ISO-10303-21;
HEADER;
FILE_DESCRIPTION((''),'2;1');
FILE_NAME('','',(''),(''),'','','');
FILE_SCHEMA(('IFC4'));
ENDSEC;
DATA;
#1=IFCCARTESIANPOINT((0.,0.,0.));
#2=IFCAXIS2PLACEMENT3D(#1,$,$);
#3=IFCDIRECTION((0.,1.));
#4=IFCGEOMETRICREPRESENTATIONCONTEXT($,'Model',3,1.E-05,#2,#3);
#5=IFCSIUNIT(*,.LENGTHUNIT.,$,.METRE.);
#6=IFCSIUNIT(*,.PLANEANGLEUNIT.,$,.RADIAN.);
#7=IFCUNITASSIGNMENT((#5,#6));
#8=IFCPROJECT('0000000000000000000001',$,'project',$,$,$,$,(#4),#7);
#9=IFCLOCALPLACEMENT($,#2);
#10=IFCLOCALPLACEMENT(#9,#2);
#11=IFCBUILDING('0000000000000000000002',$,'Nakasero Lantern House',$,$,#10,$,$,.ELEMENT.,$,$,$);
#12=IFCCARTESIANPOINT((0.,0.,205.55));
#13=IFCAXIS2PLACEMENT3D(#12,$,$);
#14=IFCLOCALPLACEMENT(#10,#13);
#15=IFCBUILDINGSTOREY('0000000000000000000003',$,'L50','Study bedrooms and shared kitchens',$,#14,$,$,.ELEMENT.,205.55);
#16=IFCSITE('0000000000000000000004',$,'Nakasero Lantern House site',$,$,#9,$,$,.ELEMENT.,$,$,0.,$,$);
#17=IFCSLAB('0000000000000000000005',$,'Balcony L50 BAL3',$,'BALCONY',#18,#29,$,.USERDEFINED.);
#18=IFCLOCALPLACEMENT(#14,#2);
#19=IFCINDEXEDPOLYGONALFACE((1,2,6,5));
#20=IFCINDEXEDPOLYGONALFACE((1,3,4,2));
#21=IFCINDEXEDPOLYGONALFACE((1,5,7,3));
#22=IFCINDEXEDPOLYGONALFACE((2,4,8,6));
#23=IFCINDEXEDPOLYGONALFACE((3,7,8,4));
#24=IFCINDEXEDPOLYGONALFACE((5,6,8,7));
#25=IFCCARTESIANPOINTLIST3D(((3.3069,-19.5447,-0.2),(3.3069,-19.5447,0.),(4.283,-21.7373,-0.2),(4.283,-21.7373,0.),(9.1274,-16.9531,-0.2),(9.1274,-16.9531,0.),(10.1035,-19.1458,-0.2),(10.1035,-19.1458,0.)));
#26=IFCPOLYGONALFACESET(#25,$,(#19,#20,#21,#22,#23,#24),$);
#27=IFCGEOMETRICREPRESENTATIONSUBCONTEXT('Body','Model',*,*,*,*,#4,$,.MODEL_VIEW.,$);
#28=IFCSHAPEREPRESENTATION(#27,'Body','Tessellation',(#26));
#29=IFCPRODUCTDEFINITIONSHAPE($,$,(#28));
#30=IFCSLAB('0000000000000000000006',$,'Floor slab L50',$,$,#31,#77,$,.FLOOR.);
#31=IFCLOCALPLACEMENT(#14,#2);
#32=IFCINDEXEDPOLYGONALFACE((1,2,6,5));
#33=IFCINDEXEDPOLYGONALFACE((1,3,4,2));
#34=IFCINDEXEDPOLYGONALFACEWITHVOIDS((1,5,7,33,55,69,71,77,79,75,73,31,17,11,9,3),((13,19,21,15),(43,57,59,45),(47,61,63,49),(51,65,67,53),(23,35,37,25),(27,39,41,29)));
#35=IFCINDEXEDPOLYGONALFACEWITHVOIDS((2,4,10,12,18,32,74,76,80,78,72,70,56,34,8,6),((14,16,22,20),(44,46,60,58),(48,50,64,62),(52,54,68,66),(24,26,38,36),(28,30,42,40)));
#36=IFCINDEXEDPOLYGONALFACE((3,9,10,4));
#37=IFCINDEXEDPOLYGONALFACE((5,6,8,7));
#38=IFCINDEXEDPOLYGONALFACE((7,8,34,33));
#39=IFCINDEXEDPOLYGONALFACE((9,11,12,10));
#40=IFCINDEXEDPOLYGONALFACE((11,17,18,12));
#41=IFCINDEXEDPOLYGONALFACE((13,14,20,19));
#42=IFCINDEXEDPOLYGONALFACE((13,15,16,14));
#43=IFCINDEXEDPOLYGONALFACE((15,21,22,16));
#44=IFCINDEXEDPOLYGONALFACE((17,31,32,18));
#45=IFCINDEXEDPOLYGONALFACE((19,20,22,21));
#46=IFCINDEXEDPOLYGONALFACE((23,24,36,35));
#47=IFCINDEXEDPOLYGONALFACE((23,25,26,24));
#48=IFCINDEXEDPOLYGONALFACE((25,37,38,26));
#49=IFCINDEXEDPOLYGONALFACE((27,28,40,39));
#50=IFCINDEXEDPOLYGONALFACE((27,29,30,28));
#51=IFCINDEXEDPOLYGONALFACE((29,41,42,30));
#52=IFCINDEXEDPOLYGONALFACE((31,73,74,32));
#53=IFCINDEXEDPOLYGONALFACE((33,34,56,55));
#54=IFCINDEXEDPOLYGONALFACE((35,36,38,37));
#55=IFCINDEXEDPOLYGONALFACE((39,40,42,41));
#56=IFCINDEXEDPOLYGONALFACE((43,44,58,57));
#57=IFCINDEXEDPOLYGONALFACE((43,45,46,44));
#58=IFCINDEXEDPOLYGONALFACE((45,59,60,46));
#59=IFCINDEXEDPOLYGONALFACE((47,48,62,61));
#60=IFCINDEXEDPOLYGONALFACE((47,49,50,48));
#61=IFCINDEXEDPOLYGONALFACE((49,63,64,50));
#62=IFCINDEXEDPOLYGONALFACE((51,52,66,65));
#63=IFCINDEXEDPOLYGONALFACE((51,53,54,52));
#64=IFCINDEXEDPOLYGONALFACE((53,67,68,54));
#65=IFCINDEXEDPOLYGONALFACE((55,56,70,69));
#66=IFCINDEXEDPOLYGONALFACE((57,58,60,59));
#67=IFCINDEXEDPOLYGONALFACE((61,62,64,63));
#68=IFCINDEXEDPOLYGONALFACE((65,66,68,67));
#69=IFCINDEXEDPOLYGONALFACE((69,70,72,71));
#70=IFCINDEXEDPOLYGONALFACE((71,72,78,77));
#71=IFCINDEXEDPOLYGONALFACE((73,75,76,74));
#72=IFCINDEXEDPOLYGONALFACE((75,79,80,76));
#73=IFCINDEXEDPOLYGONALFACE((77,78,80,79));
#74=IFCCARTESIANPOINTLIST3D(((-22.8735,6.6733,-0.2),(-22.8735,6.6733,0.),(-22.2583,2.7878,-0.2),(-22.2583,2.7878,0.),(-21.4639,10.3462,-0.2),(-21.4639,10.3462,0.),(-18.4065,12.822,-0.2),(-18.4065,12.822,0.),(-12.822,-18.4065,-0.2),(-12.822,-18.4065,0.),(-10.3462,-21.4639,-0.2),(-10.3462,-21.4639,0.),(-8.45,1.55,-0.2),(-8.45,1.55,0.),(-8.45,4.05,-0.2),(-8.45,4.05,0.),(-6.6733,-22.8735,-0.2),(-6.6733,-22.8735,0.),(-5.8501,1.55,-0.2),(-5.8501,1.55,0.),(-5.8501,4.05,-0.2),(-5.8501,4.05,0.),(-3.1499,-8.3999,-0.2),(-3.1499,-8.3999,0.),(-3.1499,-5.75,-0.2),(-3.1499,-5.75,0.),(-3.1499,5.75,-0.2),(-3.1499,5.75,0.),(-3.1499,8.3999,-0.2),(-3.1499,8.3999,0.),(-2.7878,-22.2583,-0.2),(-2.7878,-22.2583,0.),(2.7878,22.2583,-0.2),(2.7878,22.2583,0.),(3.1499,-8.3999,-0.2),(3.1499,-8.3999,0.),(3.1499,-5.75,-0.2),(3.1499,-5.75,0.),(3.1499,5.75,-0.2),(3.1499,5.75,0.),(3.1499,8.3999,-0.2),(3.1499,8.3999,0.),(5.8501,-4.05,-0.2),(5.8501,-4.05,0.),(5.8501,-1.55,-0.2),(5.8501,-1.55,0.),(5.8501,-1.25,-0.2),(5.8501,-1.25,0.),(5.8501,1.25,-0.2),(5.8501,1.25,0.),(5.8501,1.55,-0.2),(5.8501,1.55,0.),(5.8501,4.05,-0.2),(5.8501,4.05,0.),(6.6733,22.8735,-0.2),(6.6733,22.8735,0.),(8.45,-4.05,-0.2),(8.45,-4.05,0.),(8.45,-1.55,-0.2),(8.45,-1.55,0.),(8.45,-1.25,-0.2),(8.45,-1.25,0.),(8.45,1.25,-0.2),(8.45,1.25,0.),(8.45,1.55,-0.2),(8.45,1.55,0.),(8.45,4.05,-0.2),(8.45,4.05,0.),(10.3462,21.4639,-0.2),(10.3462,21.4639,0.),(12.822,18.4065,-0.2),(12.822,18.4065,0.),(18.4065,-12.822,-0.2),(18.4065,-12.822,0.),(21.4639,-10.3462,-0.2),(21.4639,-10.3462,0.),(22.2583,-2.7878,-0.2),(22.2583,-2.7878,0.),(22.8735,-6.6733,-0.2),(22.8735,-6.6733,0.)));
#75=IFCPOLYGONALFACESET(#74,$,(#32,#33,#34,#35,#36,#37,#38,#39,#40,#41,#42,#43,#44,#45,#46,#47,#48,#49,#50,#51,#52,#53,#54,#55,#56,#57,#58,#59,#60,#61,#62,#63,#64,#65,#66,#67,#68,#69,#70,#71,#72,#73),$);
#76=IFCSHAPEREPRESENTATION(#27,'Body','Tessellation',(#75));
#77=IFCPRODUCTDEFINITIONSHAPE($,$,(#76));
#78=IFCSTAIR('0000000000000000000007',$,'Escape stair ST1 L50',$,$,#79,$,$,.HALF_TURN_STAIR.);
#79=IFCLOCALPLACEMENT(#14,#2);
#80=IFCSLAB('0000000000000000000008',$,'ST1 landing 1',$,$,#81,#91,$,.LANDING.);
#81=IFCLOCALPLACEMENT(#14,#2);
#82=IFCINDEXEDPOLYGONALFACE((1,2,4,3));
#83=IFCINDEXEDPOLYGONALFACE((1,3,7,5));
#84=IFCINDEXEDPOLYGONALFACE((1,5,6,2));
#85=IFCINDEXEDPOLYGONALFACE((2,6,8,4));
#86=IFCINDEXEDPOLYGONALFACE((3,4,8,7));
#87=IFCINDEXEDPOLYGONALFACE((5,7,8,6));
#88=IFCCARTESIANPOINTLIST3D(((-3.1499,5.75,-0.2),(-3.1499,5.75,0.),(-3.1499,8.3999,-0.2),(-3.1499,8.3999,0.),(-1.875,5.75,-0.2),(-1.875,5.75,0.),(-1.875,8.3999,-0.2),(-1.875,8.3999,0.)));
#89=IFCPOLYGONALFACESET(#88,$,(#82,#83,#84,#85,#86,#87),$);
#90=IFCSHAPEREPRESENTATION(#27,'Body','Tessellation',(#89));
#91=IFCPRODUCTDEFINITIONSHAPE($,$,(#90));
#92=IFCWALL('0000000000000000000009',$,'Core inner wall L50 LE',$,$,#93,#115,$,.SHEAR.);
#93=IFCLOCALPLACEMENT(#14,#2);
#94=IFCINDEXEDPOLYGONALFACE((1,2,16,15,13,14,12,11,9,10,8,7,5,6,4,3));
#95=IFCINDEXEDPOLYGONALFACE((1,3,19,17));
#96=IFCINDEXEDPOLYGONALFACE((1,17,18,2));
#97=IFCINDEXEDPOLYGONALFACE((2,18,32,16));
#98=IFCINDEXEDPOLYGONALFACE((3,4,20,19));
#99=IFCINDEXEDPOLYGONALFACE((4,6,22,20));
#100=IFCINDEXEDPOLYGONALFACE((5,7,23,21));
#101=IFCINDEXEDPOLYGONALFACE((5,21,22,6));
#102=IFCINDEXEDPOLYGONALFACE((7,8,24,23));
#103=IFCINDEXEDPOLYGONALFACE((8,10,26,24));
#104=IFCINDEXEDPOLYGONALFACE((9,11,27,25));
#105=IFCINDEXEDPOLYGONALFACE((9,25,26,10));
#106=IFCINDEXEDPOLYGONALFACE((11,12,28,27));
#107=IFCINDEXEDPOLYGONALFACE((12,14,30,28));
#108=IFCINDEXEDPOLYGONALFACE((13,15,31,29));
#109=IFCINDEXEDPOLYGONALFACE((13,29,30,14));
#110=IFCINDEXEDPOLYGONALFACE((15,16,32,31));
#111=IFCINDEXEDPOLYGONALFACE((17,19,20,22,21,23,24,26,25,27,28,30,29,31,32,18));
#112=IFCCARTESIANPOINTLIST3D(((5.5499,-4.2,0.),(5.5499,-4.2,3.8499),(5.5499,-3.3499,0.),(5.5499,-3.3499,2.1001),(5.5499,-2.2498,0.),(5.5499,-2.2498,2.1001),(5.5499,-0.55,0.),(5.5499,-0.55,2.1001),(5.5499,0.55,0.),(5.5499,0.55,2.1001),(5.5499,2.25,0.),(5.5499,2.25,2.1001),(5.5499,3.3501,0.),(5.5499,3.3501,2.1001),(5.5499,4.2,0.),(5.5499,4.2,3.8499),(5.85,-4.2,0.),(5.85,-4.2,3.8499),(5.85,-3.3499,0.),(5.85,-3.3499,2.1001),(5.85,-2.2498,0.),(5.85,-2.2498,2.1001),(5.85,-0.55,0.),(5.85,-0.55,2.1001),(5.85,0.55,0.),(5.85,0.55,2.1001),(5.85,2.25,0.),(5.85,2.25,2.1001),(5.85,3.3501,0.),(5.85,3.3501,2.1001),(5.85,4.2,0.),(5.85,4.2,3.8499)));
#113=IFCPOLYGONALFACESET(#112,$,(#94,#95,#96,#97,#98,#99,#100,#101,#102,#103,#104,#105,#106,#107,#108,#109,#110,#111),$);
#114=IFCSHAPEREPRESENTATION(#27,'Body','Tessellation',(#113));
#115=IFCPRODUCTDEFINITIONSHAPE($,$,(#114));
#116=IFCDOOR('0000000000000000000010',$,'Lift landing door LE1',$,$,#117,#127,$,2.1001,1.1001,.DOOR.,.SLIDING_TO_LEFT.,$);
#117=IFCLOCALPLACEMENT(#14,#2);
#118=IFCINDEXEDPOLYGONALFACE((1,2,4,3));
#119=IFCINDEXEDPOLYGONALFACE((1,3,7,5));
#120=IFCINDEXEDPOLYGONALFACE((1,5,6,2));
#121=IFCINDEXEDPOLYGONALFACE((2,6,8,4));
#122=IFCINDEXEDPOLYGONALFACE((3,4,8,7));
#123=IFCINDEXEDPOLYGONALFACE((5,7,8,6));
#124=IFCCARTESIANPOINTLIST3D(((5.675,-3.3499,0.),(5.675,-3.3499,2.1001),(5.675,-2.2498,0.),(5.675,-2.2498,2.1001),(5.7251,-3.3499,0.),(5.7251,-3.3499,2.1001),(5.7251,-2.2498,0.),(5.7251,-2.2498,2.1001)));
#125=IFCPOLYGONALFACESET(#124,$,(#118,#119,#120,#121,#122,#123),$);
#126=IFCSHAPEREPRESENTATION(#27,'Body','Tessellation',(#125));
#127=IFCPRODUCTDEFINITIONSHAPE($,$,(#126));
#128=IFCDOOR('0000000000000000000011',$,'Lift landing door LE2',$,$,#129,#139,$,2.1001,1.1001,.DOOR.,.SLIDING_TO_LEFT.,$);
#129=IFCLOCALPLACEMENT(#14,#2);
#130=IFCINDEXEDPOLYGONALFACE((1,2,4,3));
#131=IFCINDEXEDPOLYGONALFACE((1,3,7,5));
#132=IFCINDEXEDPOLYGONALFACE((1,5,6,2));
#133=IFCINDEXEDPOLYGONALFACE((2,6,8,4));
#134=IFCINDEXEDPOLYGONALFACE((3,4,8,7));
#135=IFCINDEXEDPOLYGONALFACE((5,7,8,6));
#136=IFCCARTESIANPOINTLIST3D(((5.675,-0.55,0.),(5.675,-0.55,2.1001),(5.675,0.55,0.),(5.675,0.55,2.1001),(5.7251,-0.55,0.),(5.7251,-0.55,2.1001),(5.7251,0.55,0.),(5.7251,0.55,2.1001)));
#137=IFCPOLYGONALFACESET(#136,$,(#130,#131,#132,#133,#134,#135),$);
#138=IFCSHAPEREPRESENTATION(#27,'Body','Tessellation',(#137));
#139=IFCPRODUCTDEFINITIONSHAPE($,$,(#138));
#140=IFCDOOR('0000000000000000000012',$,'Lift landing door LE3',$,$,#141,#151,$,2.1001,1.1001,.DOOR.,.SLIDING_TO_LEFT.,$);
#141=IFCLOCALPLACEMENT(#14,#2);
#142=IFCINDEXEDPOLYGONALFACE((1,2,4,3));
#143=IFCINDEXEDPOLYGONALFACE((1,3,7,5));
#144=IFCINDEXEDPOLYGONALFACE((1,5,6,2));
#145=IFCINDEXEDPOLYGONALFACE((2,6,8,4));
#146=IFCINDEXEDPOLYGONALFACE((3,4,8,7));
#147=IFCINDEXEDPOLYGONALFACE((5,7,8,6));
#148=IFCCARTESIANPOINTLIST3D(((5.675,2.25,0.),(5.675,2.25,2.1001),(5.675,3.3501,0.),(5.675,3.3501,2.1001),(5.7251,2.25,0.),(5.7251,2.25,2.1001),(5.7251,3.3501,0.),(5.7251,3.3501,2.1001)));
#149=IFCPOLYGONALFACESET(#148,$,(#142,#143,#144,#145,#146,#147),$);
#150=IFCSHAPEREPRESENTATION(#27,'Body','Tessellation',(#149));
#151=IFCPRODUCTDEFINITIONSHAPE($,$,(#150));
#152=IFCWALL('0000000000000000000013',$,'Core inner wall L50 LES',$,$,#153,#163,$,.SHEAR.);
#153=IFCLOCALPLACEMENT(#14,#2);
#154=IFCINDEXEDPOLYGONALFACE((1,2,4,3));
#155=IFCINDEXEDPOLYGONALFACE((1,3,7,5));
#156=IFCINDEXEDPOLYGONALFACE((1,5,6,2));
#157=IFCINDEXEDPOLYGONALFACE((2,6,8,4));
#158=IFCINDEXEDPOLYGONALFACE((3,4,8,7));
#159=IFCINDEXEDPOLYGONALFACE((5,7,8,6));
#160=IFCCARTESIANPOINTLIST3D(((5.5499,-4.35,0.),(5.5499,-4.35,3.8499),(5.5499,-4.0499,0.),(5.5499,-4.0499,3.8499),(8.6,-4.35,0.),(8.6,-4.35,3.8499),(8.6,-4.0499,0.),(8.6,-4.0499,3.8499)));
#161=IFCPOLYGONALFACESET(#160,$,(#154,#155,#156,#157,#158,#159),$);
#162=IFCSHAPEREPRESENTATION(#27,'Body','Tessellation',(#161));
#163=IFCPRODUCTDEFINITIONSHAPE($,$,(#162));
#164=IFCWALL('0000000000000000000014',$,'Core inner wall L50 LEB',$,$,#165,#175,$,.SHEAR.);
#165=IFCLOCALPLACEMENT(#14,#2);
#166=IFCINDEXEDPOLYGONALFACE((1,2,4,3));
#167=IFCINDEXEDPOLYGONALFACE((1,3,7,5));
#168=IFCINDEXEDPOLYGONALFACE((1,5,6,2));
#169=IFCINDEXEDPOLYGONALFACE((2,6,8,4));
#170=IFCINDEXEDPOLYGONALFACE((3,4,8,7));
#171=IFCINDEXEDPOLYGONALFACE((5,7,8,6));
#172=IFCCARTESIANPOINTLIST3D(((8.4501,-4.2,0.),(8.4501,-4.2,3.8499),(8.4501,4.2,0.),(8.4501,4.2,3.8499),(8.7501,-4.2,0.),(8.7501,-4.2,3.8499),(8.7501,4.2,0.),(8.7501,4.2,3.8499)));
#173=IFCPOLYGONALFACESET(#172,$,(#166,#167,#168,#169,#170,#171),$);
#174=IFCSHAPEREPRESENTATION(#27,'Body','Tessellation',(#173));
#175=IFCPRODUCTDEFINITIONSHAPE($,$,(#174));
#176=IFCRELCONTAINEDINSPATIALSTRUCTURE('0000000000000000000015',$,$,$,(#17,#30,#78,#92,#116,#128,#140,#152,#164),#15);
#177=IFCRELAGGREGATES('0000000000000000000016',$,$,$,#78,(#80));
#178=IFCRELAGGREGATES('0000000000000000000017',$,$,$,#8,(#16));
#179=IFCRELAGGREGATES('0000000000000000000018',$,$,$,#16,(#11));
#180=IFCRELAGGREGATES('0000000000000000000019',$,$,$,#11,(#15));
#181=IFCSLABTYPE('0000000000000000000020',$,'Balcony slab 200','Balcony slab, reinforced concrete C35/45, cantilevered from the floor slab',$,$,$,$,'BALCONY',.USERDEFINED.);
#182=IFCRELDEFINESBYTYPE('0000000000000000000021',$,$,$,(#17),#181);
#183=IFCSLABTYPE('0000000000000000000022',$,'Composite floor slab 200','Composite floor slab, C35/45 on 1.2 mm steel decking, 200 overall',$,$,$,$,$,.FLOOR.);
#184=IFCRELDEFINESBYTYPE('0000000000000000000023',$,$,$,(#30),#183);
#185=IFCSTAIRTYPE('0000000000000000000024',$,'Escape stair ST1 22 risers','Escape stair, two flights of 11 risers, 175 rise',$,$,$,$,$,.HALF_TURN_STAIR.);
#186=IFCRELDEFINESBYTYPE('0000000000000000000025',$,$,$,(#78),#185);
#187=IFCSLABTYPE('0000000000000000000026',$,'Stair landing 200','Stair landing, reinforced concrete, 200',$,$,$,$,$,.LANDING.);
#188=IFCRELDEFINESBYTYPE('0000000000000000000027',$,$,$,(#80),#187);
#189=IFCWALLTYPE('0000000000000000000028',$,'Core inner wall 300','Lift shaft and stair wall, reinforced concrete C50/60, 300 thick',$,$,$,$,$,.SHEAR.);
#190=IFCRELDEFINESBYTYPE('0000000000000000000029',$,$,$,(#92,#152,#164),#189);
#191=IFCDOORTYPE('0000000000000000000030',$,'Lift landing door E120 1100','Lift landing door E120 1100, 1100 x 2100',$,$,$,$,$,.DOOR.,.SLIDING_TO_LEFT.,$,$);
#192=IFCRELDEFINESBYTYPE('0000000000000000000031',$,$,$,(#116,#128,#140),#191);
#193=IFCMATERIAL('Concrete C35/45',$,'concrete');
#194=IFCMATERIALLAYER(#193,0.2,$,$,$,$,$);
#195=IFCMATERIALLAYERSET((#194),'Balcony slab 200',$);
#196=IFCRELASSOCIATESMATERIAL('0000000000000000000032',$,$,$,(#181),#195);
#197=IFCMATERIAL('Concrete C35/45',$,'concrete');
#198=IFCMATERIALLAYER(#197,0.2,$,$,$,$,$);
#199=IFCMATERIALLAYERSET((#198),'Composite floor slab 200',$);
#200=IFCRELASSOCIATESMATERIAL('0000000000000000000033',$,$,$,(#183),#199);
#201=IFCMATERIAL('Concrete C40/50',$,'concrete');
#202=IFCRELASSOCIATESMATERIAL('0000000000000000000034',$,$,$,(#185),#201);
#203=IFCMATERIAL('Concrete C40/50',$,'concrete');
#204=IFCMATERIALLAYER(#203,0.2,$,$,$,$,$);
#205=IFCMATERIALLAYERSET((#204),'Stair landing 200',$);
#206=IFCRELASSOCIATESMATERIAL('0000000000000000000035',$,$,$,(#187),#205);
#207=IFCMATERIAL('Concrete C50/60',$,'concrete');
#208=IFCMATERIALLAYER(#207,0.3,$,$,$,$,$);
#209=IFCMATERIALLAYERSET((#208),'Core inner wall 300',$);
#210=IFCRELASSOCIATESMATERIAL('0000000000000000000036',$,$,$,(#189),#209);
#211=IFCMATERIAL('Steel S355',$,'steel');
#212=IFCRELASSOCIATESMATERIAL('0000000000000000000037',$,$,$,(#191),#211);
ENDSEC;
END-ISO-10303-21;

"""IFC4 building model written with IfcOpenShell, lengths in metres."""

from ifc_helpers import new_model, si_unit, direction, frame, frame_2d, origin, place, context, subcontext, project, spatial, polyline, rectangle, outline, extrude, material, layer, layer_set, type_object, element, fill, aggregate, save


model = new_model("IFC4")

# Units and contexts
model_context = context("Model", 3, precision=1e-05, world=origin(), true_north=direction((0.0, 1.0)))
body_context = subcontext(model_context, "Body", "Model", "MODEL_VIEW")
ifc_project = project(units=[si_unit("LENGTHUNIT", "METRE"), si_unit("PLANEANGLEUNIT", "RADIAN")], contexts=[model_context])

# Site, building, storey
site_placement = place(None, origin())
site = spatial("IfcSite", under=ifc_project, at=site_placement, Name="Nakasero Lantern House site", CompositionType="ELEMENT", RefElevation=0.0)
building_placement = place(site_placement, origin())
building = spatial("IfcBuilding", under=site, at=building_placement, Name="Nakasero Lantern House", CompositionType="ELEMENT")
storey_placement = place(building_placement, frame((0.0, 0.0, 205.55)))
storey = spatial("IfcBuildingStorey", under=building, at=storey_placement, Name="L50", Description="Study bedrooms and shared kitchens", CompositionType="ELEMENT", Elevation=205.55)

# Slabs
ifc_material_1 = material(Name="Concrete C35/45", Category="concrete")
ifc_layer_1 = layer(ifc_material_1, 0.2)
ifc_layer_set_1 = layer_set([ifc_layer_1], Name="Balcony slab 200")
slab_type_1 = type_object("IfcSlabType", Name="Balcony slab 200", Description="Balcony slab, reinforced concrete C35/45, cantilevered from the floor slab", ElementType="BALCONY", PredefinedType="USERDEFINED", material=ifc_layer_set_1)
slab_1_placement = place(storey_placement, frame((0.0, 0.0, -0.2)))
element("IfcSlab", 1, at=slab_1_placement, inside=storey, type_object=slab_type_1, Name="Balcony L50 BAL3", ObjectType="BALCONY", PredefinedType="USERDEFINED", context=body_context, shape_type="SweptSolid", body=[
    extrude(outline(polyline([(3.3069, -19.5447), (4.283, -21.7373), (10.1035, -19.1458), (9.1274, -16.9531), (3.3069, -19.5447)])), origin(), (0.0, 0.0, 1.0), 0.2),
])
ifc_material_2 = material(Name="Concrete C35/45", Category="concrete")
ifc_layer_2 = layer(ifc_material_2, 0.2)
ifc_layer_set_2 = layer_set([ifc_layer_2], Name="Composite floor slab 200")
slab_type_2 = type_object("IfcSlabType", Name="Composite floor slab 200", Description="Composite floor slab, C35/45 on 1.2 mm steel decking, 200 overall", PredefinedType="FLOOR", material=ifc_layer_set_2)
slab_2_placement = place(storey_placement, frame((0.0, 0.0, -0.2)))
element("IfcSlab", 2, at=slab_2_placement, inside=storey, type_object=slab_type_2, Name="Floor slab L50", PredefinedType="FLOOR", context=body_context, shape_type="SweptSolid", body=[
    extrude(outline(polyline([(12.822, 18.4065), (10.3462, 21.4639), (6.6733, 22.8735), (2.7878, 22.2583), (-18.4065, 12.822), (-21.4639, 10.3462), (-22.8735, 6.6733), (-22.2583, 2.7878), (-12.822, -18.4065), (-10.3462, -21.4639), (-6.6733, -22.8735), (-2.7878, -22.2583), (18.4065, -12.822), (21.4639, -10.3462), (22.8735, -6.6733), (22.2583, -2.7878), (12.822, 18.4065)]), holes=[polyline([(-8.45, 1.55), (-5.8501, 1.55), (-5.8501, 4.05), (-8.45, 4.05), (-8.45, 1.55)]), polyline([(5.8501, -4.05), (8.45, -4.05), (8.45, -1.55), (5.8501, -1.55), (5.8501, -4.05)]), polyline([(5.8501, -1.25), (8.45, -1.25), (8.45, 1.25), (5.8501, 1.25), (5.8501, -1.25)]), polyline([(5.8501, 1.55), (8.45, 1.55), (8.45, 4.05), (5.8501, 4.05), (5.8501, 1.55)]), polyline([(-3.1499, 5.75), (3.1499, 5.75), (3.1499, 8.3999), (-3.1499, 8.3999), (-3.1499, 5.75)]), polyline([(-3.1499, -8.3999), (3.1499, -8.3999), (3.1499, -5.75), (-3.1499, -5.75), (-3.1499, -8.3999)])]), origin(), (0.0, 0.0, 1.0), 0.2),
])

# Stair, slab
ifc_material_3 = material(Name="Concrete C40/50", Category="concrete")
stair_type_1 = type_object("IfcStairType", Name="Escape stair ST1 22 risers", Description="Escape stair, two flights of 11 risers, 175 rise", PredefinedType="HALF_TURN_STAIR", material=ifc_material_3)
stair_1_placement = place(storey_placement, origin())
stair_1 = element("IfcStair", 3, at=stair_1_placement, inside=storey, type_object=stair_type_1, Name="Escape stair ST1 L50", PredefinedType="HALF_TURN_STAIR")
ifc_material_4 = material(Name="Concrete C40/50", Category="concrete")
ifc_layer_3 = layer(ifc_material_4, 0.2)
ifc_layer_set_3 = layer_set([ifc_layer_3], Name="Stair landing 200")
slab_type_3 = type_object("IfcSlabType", Name="Stair landing 200", Description="Stair landing, reinforced concrete, 200", PredefinedType="LANDING", material=ifc_layer_set_3)
slab_3_placement = place(storey_placement, frame((0.0, 0.0, -0.2)))
slab_3 = element("IfcSlab", 4, at=slab_3_placement, type_object=slab_type_3, Name="ST1 landing 1", PredefinedType="LANDING", context=body_context, shape_type="SweptSolid", body=[
    extrude(outline(polyline([(-3.1499, 5.75), (-1.875, 5.75), (-1.875, 8.3999), (-3.1499, 8.3999), (-3.1499, 5.75)])), origin(), (0.0, 0.0, 1.0), 0.2),
])
aggregate(stair_1, [slab_3])

# Wall, openings, doors
ifc_material_5 = material(Name="Concrete C50/60", Category="concrete")
ifc_layer_4 = layer(ifc_material_5, 0.3)
ifc_layer_set_4 = layer_set([ifc_layer_4], Name="Core inner wall 300")
wall_type_1 = type_object("IfcWallType", Name="Core inner wall 300", Description="Lift shaft and stair wall, reinforced concrete C50/60, 300 thick", PredefinedType="SHEAR", material=ifc_layer_set_4)
wall_1_placement = place(storey_placement, frame((5.7, -4.2, 0.0), z_axis=(0.0, 0.0, 1.0), x_axis=(0.0, 1.0, 0.0)))
wall_1 = element("IfcWall", 5, at=wall_1_placement, inside=storey, type_object=wall_type_1, Name="Core inner wall L50 LE", PredefinedType="SHEAR", context=body_context, shape_type="SweptSolid", body=[
    extrude(rectangle(XDim=8.3999, YDim=0.3, at=frame_2d((4.2, 0.0))), origin(), (0.0, 0.0, 1.0), 3.8499),
])
opening_1_placement = place(wall_1_placement, frame((0.8501, 0.0, 0.0)))
opening_1 = element("IfcOpeningElement", 6, at=opening_1_placement, cuts=wall_1, PredefinedType="OPENING", context=body_context, shape_type="SweptSolid", body=[
    extrude(rectangle(XDim=1.1001, YDim=2.1001, at=frame_2d((0.55, 1.05))), frame((0.0, 0.1699, 0.0), z_axis=(0.0, -1.0, 0.0), x_axis=(1.0, 0.0, 0.0)), (0.0, 0.0, 1.0), 0.3401),
])
opening_2_placement = place(wall_1_placement, frame((3.6499, 0.0, 0.0)))
opening_2 = element("IfcOpeningElement", 7, at=opening_2_placement, cuts=wall_1, PredefinedType="OPENING", context=body_context, shape_type="SweptSolid", body=[
    extrude(rectangle(XDim=1.1001, YDim=2.1001, at=frame_2d((0.55, 1.05))), frame((0.0, 0.1699, 0.0), z_axis=(0.0, -1.0, 0.0), x_axis=(1.0, 0.0, 0.0)), (0.0, 0.0, 1.0), 0.3401),
])
opening_3_placement = place(wall_1_placement, frame((6.45, 0.0, 0.0)))
opening_3 = element("IfcOpeningElement", 8, at=opening_3_placement, cuts=wall_1, PredefinedType="OPENING", context=body_context, shape_type="SweptSolid", body=[
    extrude(rectangle(XDim=1.1001, YDim=2.1001, at=frame_2d((0.55, 1.05))), frame((0.0, 0.1699, 0.0), z_axis=(0.0, -1.0, 0.0), x_axis=(1.0, 0.0, 0.0)), (0.0, 0.0, 1.0), 0.3401),
])
ifc_material_6 = material(Name="Steel S355", Category="steel")
door_type_1 = type_object("IfcDoorType", Name="Lift landing door E120 1100", Description="Lift landing door E120 1100, 1100 x 2100", OperationType="SLIDING_TO_LEFT", PredefinedType="DOOR", material=ifc_material_6)
door_1_placement = place(opening_1_placement, origin())
door_1 = element("IfcDoor", 9, at=door_1_placement, inside=storey, type_object=door_type_1, Name="Lift landing door LE1", OperationType="SLIDING_TO_LEFT", OverallHeight=2.1001, OverallWidth=1.1001, PredefinedType="DOOR", context=body_context, shape_type="SweptSolid", body=[
    extrude(rectangle(XDim=1.1001, YDim=2.1001, at=frame_2d((0.55, 1.05))), frame((0.0, 0.0249, 0.0), z_axis=(0.0, -1.0, 0.0), x_axis=(1.0, 0.0, 0.0)), (0.0, 0.0, 1.0), 0.05),
])
fill(opening_1, door_1)
door_2_placement = place(opening_2_placement, origin())
door_2 = element("IfcDoor", 10, at=door_2_placement, inside=storey, type_object=door_type_1, Name="Lift landing door LE2", OperationType="SLIDING_TO_LEFT", OverallHeight=2.1001, OverallWidth=1.1001, PredefinedType="DOOR", context=body_context, shape_type="SweptSolid", body=[
    extrude(rectangle(XDim=1.1001, YDim=2.1001, at=frame_2d((0.55, 1.05))), frame((0.0, 0.0249, 0.0), z_axis=(0.0, -1.0, 0.0), x_axis=(1.0, 0.0, 0.0)), (0.0, 0.0, 1.0), 0.05),
])
fill(opening_2, door_2)
door_3_placement = place(opening_3_placement, origin())
door_3 = element("IfcDoor", 11, at=door_3_placement, inside=storey, type_object=door_type_1, Name="Lift landing door LE3", OperationType="SLIDING_TO_LEFT", OverallHeight=2.1001, OverallWidth=1.1001, PredefinedType="DOOR", context=body_context, shape_type="SweptSolid", body=[
    extrude(rectangle(XDim=1.1001, YDim=2.1001, at=frame_2d((0.55, 1.05))), frame((0.0, 0.0249, 0.0), z_axis=(0.0, -1.0, 0.0), x_axis=(1.0, 0.0, 0.0)), (0.0, 0.0, 1.0), 0.05),
])
fill(opening_3, door_3)

# Walls
wall_2_placement = place(storey_placement, frame((5.55, -4.2, 0.0), z_axis=(0.0, 0.0, 1.0), x_axis=(1.0, 0.0, 0.0)))
element("IfcWall", 12, at=wall_2_placement, inside=storey, type_object=wall_type_1, Name="Core inner wall L50 LES", PredefinedType="SHEAR", context=body_context, shape_type="SweptSolid", body=[
    extrude(rectangle(XDim=3.05, YDim=0.3, at=frame_2d((1.5249, 0.0))), origin(), (0.0, 0.0, 1.0), 3.8499),
])
wall_3_placement = place(storey_placement, frame((8.6001, -4.2, 0.0), z_axis=(0.0, 0.0, 1.0), x_axis=(0.0, 1.0, 0.0)))
element("IfcWall", 13, at=wall_3_placement, inside=storey, type_object=wall_type_1, Name="Core inner wall L50 LEB", PredefinedType="SHEAR", context=body_context, shape_type="SweptSolid", body=[
    extrude(rectangle(XDim=8.3999, YDim=0.3, at=frame_2d((4.2, 0.0))), origin(), (0.0, 0.0, 1.0), 3.8499),
])

save(model, "model.ifc")
